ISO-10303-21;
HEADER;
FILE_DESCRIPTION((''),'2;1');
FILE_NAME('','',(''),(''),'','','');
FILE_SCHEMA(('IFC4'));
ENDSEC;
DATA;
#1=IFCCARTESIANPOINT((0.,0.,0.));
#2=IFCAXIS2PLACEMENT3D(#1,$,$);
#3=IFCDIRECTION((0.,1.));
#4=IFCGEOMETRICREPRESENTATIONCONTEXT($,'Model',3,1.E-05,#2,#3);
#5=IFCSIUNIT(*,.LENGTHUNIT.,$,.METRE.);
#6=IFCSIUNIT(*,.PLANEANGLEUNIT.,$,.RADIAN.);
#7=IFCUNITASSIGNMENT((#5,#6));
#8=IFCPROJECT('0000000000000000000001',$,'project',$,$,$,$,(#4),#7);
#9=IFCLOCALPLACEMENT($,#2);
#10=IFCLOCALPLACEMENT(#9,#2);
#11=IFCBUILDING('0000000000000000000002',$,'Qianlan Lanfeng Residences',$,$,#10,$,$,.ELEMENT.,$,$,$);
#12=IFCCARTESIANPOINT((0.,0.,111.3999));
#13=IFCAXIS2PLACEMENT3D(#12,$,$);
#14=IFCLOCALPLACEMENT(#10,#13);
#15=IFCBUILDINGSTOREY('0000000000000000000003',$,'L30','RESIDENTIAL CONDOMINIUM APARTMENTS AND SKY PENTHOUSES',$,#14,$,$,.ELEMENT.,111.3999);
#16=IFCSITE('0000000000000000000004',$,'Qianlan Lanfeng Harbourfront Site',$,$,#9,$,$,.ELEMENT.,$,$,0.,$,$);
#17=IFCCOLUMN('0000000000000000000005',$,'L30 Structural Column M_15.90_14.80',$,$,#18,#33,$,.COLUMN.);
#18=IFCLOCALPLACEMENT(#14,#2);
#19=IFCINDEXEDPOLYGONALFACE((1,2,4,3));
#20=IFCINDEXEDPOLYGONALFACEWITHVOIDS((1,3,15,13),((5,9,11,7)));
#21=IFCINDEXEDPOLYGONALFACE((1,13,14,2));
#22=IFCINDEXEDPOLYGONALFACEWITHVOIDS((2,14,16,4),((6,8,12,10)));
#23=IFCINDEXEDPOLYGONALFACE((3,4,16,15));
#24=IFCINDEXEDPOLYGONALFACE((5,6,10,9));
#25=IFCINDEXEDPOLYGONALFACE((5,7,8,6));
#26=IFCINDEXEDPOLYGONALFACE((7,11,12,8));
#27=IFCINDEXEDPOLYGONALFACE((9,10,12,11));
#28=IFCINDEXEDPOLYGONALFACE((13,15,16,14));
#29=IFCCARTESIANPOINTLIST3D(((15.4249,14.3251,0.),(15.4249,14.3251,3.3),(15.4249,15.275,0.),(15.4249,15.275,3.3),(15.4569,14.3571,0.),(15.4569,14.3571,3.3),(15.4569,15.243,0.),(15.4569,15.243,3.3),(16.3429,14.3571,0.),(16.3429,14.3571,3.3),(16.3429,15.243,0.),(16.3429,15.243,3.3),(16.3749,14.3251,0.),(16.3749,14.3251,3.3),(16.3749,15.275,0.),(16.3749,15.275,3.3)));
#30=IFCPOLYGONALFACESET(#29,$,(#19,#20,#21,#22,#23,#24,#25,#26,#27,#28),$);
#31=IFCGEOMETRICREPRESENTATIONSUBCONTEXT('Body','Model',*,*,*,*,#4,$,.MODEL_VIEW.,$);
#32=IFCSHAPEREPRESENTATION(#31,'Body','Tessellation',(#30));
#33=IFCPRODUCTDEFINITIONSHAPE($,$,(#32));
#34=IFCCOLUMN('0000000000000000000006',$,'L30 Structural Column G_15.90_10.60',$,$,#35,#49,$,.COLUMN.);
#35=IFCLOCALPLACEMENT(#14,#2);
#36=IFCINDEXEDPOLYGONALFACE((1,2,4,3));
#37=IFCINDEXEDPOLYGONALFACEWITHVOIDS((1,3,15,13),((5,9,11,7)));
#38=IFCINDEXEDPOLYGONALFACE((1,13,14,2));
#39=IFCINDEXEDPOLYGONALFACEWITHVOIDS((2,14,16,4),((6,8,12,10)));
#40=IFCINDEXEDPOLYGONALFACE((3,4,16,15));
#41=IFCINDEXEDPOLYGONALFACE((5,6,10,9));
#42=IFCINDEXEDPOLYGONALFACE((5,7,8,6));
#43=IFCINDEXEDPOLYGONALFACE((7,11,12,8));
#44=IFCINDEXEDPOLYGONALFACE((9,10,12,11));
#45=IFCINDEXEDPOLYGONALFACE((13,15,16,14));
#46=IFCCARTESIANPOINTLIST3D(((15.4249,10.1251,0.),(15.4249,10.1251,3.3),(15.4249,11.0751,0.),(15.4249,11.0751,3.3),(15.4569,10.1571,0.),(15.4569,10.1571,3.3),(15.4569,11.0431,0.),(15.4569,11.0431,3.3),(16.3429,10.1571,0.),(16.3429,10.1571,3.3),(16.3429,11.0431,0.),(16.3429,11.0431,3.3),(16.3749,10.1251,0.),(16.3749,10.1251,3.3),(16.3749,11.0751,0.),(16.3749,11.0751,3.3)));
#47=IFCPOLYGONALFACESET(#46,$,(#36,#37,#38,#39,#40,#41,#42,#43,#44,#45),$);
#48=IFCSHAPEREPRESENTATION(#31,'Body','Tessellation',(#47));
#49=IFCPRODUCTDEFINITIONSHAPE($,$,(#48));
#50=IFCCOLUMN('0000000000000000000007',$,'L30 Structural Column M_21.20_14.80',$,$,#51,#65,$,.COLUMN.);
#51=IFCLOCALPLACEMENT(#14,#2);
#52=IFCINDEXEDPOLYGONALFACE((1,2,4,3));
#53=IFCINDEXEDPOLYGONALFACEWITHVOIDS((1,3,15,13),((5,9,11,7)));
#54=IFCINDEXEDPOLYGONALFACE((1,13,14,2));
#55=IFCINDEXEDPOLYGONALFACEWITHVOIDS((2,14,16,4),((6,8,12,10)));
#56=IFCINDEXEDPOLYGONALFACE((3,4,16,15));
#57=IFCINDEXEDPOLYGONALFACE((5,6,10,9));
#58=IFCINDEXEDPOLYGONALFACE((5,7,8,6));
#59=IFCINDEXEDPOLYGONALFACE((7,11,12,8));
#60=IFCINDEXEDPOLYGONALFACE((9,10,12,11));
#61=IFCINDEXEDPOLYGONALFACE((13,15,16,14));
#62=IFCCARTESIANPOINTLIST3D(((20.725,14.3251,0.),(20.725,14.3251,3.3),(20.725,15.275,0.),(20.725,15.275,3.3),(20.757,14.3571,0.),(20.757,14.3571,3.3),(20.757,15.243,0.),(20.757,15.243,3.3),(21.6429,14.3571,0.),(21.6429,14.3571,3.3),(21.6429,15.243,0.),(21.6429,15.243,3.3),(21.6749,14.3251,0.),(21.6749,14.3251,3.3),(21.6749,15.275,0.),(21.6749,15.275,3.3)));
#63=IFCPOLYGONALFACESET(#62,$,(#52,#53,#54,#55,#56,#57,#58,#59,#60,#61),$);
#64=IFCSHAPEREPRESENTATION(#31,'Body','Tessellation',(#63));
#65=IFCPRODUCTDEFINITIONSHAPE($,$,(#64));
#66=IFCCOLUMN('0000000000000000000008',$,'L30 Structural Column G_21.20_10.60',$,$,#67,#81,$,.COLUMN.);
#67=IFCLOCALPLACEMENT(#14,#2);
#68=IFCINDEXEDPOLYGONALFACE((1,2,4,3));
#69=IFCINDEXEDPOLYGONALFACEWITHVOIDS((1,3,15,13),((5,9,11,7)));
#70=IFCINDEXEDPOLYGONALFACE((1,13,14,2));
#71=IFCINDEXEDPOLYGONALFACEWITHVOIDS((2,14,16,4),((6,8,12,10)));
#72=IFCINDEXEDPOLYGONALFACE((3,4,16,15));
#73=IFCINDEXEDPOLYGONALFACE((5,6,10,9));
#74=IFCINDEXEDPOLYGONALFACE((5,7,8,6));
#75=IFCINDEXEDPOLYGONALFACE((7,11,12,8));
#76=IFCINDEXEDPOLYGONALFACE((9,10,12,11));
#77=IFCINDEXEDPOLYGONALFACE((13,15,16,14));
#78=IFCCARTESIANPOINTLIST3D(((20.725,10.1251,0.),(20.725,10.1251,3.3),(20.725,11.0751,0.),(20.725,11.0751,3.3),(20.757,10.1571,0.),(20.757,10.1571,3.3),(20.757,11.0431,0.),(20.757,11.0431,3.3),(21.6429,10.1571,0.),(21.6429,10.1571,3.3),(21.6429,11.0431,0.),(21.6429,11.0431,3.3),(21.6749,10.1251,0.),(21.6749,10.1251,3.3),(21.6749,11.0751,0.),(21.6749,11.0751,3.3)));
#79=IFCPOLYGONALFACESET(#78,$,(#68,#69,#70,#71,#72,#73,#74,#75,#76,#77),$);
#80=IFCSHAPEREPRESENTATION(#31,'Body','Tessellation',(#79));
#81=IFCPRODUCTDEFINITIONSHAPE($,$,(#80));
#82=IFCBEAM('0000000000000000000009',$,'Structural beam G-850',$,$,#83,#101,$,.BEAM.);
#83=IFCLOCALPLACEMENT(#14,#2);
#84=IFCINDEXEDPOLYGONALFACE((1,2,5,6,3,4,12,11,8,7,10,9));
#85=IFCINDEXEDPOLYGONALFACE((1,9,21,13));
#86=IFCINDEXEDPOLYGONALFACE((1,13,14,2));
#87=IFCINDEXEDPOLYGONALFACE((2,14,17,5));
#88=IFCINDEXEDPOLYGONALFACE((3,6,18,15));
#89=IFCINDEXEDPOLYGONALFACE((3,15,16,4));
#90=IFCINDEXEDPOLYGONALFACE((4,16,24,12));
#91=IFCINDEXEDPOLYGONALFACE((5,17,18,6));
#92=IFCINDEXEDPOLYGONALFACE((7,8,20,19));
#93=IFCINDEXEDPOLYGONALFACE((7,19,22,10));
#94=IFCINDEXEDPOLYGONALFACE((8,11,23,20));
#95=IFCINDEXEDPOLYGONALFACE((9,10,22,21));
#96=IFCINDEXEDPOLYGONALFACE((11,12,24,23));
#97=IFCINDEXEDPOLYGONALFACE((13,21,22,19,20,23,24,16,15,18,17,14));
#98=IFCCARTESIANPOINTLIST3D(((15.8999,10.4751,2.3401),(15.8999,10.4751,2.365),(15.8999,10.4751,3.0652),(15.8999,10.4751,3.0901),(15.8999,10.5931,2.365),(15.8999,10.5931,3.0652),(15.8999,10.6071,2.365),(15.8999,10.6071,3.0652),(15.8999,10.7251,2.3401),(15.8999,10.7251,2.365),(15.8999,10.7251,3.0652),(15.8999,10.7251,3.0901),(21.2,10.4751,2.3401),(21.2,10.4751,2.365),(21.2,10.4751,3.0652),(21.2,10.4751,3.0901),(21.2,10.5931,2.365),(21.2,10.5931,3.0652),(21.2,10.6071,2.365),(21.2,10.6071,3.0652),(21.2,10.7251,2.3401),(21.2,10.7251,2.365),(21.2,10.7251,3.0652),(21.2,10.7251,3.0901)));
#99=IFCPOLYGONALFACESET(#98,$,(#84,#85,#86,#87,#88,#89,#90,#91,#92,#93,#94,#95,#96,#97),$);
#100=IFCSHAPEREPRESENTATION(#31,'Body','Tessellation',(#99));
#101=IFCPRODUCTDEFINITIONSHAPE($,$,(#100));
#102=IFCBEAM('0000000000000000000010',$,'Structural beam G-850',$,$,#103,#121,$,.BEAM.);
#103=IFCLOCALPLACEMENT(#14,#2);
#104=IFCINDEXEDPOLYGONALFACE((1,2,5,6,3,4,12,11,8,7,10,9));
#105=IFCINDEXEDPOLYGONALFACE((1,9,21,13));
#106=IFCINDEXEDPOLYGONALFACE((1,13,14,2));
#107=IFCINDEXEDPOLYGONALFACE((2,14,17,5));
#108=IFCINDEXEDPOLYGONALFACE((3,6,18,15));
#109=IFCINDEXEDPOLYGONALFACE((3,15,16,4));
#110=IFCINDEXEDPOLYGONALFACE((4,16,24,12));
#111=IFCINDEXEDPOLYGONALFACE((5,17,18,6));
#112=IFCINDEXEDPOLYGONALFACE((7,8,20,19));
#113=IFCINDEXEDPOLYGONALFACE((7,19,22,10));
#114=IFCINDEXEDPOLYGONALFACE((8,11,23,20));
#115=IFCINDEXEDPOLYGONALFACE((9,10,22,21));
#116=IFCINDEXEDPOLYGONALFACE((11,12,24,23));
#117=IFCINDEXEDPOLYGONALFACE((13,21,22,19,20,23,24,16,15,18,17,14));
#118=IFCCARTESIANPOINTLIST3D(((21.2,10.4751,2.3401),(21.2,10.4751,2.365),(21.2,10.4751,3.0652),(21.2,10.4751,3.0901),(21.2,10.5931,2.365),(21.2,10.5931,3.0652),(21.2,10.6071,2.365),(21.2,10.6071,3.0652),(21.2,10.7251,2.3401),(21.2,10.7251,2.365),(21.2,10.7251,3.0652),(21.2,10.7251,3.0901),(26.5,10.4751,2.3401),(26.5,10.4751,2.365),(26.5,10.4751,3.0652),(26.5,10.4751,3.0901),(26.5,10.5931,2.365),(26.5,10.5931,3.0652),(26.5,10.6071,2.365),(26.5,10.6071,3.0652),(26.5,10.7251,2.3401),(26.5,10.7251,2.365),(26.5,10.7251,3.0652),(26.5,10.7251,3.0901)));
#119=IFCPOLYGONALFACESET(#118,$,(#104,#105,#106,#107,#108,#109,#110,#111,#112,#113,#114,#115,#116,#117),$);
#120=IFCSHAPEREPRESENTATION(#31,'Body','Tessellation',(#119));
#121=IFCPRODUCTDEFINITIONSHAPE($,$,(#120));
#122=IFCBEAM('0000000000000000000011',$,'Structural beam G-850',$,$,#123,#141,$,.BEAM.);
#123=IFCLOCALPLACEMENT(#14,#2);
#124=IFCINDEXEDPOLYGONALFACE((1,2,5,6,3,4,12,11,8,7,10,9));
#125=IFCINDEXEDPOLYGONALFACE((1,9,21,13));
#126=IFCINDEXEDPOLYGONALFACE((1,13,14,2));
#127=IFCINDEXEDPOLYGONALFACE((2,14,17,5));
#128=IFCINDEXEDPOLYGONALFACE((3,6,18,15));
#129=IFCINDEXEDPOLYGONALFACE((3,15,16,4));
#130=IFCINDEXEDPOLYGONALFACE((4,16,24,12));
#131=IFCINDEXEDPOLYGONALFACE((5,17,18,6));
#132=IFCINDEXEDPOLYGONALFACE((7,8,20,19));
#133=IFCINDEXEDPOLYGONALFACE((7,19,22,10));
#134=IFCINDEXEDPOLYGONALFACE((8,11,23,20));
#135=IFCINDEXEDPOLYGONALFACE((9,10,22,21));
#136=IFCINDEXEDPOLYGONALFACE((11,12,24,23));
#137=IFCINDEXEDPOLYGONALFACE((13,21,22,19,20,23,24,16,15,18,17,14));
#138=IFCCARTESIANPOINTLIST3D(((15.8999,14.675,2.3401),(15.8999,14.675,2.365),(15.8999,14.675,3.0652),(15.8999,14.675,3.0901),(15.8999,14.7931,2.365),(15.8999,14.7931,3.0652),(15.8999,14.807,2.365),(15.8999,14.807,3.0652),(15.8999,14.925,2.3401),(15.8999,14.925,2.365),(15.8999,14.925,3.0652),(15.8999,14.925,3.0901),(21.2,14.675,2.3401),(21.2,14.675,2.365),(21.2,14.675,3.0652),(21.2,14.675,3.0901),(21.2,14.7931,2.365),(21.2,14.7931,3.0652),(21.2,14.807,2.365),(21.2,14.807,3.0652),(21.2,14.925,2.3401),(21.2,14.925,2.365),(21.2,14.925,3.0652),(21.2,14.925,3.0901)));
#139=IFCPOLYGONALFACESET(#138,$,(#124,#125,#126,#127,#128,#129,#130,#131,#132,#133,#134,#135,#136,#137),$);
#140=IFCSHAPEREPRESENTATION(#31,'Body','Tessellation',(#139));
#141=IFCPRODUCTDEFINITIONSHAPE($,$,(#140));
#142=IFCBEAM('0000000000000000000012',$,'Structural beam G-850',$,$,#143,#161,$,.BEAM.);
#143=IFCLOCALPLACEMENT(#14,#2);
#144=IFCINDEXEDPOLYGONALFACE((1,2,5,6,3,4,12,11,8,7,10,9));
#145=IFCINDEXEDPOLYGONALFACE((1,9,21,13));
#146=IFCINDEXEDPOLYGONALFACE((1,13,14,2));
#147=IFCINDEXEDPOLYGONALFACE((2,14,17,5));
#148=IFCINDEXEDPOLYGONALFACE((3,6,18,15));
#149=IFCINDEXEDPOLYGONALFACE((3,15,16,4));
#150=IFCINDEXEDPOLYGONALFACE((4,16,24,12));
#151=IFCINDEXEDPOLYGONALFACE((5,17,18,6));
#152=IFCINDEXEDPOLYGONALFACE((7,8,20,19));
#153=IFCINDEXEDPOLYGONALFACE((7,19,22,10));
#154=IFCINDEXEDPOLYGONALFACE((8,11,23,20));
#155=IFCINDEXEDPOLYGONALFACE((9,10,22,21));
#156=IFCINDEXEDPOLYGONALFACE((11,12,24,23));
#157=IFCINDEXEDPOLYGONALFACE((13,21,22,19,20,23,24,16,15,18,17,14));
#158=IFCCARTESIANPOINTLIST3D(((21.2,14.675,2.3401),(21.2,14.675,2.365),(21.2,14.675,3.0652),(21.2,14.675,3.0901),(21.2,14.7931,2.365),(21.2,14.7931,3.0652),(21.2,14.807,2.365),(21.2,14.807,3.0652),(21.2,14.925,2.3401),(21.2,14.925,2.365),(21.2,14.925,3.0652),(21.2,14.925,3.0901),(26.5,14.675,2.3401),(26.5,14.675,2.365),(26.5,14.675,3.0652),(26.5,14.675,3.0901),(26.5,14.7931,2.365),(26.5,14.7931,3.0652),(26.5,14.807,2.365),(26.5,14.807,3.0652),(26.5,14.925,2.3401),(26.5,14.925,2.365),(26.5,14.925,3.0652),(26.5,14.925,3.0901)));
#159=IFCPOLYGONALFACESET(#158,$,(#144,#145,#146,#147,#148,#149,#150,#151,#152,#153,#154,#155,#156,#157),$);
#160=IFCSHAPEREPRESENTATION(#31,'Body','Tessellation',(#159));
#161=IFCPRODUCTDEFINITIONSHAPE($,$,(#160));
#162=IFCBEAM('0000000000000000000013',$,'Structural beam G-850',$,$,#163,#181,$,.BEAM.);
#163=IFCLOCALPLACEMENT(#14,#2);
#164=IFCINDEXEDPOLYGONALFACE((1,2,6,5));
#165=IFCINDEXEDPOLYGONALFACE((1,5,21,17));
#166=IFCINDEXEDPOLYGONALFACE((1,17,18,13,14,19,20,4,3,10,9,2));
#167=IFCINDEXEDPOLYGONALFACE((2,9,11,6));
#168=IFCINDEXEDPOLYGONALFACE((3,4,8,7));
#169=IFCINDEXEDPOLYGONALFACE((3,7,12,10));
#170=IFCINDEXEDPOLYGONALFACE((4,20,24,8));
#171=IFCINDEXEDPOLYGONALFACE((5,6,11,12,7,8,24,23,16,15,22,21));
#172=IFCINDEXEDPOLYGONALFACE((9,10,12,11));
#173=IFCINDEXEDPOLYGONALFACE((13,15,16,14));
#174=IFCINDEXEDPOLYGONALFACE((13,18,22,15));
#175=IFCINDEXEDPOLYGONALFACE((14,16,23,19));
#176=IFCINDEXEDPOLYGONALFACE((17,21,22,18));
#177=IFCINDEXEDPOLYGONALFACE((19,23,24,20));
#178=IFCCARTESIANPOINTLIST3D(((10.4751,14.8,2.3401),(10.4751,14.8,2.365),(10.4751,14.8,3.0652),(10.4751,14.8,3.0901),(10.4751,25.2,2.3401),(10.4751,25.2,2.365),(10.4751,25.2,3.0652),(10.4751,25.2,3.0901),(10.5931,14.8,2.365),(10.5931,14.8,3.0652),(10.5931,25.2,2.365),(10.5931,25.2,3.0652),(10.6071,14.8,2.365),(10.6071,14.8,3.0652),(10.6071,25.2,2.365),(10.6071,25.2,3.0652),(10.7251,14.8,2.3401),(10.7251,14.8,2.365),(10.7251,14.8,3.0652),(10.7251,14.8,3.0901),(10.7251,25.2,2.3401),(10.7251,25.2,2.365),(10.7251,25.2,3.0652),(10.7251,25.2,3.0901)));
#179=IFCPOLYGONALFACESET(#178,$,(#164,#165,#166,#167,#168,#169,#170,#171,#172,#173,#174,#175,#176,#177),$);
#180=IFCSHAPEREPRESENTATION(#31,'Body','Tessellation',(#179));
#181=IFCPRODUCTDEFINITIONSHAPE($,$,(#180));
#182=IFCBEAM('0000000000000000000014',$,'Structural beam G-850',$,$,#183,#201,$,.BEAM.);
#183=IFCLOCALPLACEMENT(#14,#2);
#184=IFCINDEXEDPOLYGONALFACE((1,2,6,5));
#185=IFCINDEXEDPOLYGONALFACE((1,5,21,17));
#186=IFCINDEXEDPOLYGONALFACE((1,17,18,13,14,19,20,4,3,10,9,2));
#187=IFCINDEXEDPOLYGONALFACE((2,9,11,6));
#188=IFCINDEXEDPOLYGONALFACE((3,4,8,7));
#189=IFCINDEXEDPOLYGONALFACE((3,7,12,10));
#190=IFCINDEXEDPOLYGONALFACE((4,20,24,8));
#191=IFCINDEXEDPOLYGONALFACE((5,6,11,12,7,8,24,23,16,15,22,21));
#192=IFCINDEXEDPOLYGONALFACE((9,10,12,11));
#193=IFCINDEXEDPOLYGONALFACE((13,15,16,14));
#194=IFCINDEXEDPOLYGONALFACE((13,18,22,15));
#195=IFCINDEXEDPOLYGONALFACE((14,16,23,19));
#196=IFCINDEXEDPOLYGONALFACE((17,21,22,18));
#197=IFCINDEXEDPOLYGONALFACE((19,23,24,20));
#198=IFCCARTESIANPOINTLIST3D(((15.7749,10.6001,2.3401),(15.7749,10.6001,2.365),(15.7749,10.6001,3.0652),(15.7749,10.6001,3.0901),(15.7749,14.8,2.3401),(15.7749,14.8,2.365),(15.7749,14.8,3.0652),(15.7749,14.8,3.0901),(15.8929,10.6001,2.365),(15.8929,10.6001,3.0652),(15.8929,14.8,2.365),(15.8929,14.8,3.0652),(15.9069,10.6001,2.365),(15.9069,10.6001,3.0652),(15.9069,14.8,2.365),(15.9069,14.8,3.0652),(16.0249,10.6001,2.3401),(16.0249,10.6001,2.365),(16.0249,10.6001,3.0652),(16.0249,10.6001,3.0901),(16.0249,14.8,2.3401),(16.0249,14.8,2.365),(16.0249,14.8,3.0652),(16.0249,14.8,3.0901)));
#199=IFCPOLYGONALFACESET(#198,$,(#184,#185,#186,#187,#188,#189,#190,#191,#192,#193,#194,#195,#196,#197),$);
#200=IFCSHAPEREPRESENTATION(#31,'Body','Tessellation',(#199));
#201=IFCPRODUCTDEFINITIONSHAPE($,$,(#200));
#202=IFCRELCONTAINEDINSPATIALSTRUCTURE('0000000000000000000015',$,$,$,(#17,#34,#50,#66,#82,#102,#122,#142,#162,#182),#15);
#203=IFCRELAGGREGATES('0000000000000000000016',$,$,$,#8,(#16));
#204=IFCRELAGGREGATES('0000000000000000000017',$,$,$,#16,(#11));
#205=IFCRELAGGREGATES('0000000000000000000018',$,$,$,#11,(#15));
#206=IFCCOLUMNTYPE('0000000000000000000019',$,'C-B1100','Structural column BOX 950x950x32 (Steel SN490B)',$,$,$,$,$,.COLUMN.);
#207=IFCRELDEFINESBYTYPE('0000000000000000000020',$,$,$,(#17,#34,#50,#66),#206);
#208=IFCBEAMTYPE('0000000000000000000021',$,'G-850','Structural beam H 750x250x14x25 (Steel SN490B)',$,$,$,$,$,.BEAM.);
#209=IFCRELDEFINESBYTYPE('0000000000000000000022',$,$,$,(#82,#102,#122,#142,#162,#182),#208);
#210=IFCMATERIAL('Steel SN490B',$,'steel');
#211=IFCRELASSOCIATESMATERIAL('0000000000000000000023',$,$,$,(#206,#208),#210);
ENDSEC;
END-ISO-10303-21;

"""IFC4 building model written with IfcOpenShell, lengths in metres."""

from ifc_helpers import new_model, si_unit, direction, frame, origin, origin_2d, place, context, subcontext, project, spatial, hollow_rectangle, i_section, extrude, material, material_profile, profile_set, type_object, element, save


model = new_model("IFC4")

# Units and contexts
model_context = context("Model", 3, precision=1e-05, world=origin(), true_north=direction((0.0, 1.0)))
body_context = subcontext(model_context, "Body", "Model", "MODEL_VIEW")
ifc_project = project(units=[si_unit("LENGTHUNIT", "METRE"), si_unit("PLANEANGLEUNIT", "RADIAN")], contexts=[model_context])

# Site, building, storey
site_placement = place(None, origin())
site = spatial("IfcSite", under=ifc_project, at=site_placement, Name="Qianlan Lanfeng Harbourfront Site", CompositionType="ELEMENT", RefElevation=0.0)
building_placement = place(site_placement, origin())
building = spatial("IfcBuilding", under=site, at=building_placement, Name="Qianlan Lanfeng Residences", CompositionType="ELEMENT")
storey_placement = place(building_placement, frame((0.0, 0.0, 111.3999)))
storey = spatial("IfcBuildingStorey", under=building, at=storey_placement, Name="L30", Description="RESIDENTIAL CONDOMINIUM APARTMENTS AND SKY PENTHOUSES", CompositionType="ELEMENT", Elevation=111.3999)

# Columns
ifc_material_1 = material(Name="Steel SN490B", Category="steel")
ifc_material_profile_1 = material_profile(ifc_material_1, hollow_rectangle(XDim=0.95, YDim=0.95, WallThickness=0.032, at=origin_2d()), Name="BOX 950x950x32")
ifc_profile_set_1 = profile_set([ifc_material_profile_1], Name="Steel SN490B")
column_type = type_object("IfcColumnType", Name="C-B1100", Description="Structural column BOX 950x950x32 (Steel SN490B)", PredefinedType="COLUMN", material=ifc_profile_set_1)
for number, where, z_axis, x_axis, name in (
    (1, (15.8999, 14.8, 0.0), (0.0, 0.0, 1.0), (1.0, 0.0, 0.0), "L30 Structural Column M_15.90_14.80"),
    (2, (15.8999, 10.6001, 0.0), (0.0, 0.0, 1.0), (1.0, 0.0, 0.0), "L30 Structural Column G_15.90_10.60"),
    (3, (21.2, 14.8, 0.0), (0.0, 0.0, 1.0), (1.0, 0.0, 0.0), "L30 Structural Column M_21.20_14.80"),
    (4, (21.2, 10.6001, 0.0), (0.0, 0.0, 1.0), (1.0, 0.0, 0.0), "L30 Structural Column G_21.20_10.60"),
):
    element("IfcColumn", number, at=place(storey_placement, frame(where, z_axis=z_axis, x_axis=x_axis)), inside=storey, type_object=column_type, Name=name, PredefinedType="COLUMN", context=body_context, shape_type="SweptSolid", body=[
        extrude(hollow_rectangle(XDim=0.95, YDim=0.95, WallThickness=0.032, at=origin_2d()), origin(), (0.0, 0.0, 1.0), 3.3),
    ])

# Beams
ifc_material_profile_2 = material_profile(ifc_material_1, i_section(OverallWidth=0.25, OverallDepth=0.75, WebThickness=0.0139, FlangeThickness=0.0249, at=origin_2d()), Name="H 750x250x14x25")
ifc_profile_set_2 = profile_set([ifc_material_profile_2], Name="Steel SN490B")
beam_type_1 = type_object("IfcBeamType", Name="G-850", Description="Structural beam H 750x250x14x25 (Steel SN490B)", PredefinedType="BEAM", material=ifc_profile_set_2)
for number, where, z_axis, x_axis, name in (
    (5, (15.8999, 10.6001, 2.7151), (1.0, 0.0, 0.0), (0.0, 1.0, 0.0), "Structural beam G-850"),
    (6, (21.2, 10.6001, 2.7151), (1.0, 0.0, 0.0), (0.0, 1.0, 0.0), "Structural beam G-850"),
    (7, (15.8999, 14.8, 2.7151), (1.0, 0.0, 0.0), (0.0, 1.0, 0.0), "Structural beam G-850"),
    (8, (21.2, 14.8, 2.7151), (1.0, 0.0, 0.0), (0.0, 1.0, 0.0), "Structural beam G-850"),
):
    element("IfcBeam", number, at=place(storey_placement, frame(where, z_axis=z_axis, x_axis=x_axis)), inside=storey, type_object=beam_type_1, Name=name, PredefinedType="BEAM", context=body_context, shape_type="SweptSolid", body=[
        extrude(i_section(OverallWidth=0.25, OverallDepth=0.75, WebThickness=0.0139, FlangeThickness=0.0249, at=origin_2d()), origin(), (0.0, 0.0, 1.0), 5.3),
    ])
beam_1_placement = place(storey_placement, frame((10.6001, 14.8, 2.7151), z_axis=(0.0, 1.0, 0.0), x_axis=(-1.0, 0.0, 0.0)))
element("IfcBeam", 9, at=beam_1_placement, inside=storey, type_object=beam_type_1, Name="Structural beam G-850", PredefinedType="BEAM", context=body_context, shape_type="SweptSolid", body=[
    extrude(i_section(OverallWidth=0.25, OverallDepth=0.75, WebThickness=0.0139, FlangeThickness=0.0249, at=origin_2d()), origin(), (0.0, 0.0, 1.0), 10.3999),
])
beam_2_placement = place(storey_placement, frame((15.8999, 10.6001, 2.7151), z_axis=(0.0, 1.0, 0.0), x_axis=(-1.0, 0.0, 0.0)))
element("IfcBeam", 10, at=beam_2_placement, inside=storey, type_object=beam_type_1, Name="Structural beam G-850", PredefinedType="BEAM", context=body_context, shape_type="SweptSolid", body=[
    extrude(i_section(OverallWidth=0.25, OverallDepth=0.75, WebThickness=0.0139, FlangeThickness=0.0249, at=origin_2d()), origin(), (0.0, 0.0, 1.0), 4.2),
])

save(model, "model.ifc")
